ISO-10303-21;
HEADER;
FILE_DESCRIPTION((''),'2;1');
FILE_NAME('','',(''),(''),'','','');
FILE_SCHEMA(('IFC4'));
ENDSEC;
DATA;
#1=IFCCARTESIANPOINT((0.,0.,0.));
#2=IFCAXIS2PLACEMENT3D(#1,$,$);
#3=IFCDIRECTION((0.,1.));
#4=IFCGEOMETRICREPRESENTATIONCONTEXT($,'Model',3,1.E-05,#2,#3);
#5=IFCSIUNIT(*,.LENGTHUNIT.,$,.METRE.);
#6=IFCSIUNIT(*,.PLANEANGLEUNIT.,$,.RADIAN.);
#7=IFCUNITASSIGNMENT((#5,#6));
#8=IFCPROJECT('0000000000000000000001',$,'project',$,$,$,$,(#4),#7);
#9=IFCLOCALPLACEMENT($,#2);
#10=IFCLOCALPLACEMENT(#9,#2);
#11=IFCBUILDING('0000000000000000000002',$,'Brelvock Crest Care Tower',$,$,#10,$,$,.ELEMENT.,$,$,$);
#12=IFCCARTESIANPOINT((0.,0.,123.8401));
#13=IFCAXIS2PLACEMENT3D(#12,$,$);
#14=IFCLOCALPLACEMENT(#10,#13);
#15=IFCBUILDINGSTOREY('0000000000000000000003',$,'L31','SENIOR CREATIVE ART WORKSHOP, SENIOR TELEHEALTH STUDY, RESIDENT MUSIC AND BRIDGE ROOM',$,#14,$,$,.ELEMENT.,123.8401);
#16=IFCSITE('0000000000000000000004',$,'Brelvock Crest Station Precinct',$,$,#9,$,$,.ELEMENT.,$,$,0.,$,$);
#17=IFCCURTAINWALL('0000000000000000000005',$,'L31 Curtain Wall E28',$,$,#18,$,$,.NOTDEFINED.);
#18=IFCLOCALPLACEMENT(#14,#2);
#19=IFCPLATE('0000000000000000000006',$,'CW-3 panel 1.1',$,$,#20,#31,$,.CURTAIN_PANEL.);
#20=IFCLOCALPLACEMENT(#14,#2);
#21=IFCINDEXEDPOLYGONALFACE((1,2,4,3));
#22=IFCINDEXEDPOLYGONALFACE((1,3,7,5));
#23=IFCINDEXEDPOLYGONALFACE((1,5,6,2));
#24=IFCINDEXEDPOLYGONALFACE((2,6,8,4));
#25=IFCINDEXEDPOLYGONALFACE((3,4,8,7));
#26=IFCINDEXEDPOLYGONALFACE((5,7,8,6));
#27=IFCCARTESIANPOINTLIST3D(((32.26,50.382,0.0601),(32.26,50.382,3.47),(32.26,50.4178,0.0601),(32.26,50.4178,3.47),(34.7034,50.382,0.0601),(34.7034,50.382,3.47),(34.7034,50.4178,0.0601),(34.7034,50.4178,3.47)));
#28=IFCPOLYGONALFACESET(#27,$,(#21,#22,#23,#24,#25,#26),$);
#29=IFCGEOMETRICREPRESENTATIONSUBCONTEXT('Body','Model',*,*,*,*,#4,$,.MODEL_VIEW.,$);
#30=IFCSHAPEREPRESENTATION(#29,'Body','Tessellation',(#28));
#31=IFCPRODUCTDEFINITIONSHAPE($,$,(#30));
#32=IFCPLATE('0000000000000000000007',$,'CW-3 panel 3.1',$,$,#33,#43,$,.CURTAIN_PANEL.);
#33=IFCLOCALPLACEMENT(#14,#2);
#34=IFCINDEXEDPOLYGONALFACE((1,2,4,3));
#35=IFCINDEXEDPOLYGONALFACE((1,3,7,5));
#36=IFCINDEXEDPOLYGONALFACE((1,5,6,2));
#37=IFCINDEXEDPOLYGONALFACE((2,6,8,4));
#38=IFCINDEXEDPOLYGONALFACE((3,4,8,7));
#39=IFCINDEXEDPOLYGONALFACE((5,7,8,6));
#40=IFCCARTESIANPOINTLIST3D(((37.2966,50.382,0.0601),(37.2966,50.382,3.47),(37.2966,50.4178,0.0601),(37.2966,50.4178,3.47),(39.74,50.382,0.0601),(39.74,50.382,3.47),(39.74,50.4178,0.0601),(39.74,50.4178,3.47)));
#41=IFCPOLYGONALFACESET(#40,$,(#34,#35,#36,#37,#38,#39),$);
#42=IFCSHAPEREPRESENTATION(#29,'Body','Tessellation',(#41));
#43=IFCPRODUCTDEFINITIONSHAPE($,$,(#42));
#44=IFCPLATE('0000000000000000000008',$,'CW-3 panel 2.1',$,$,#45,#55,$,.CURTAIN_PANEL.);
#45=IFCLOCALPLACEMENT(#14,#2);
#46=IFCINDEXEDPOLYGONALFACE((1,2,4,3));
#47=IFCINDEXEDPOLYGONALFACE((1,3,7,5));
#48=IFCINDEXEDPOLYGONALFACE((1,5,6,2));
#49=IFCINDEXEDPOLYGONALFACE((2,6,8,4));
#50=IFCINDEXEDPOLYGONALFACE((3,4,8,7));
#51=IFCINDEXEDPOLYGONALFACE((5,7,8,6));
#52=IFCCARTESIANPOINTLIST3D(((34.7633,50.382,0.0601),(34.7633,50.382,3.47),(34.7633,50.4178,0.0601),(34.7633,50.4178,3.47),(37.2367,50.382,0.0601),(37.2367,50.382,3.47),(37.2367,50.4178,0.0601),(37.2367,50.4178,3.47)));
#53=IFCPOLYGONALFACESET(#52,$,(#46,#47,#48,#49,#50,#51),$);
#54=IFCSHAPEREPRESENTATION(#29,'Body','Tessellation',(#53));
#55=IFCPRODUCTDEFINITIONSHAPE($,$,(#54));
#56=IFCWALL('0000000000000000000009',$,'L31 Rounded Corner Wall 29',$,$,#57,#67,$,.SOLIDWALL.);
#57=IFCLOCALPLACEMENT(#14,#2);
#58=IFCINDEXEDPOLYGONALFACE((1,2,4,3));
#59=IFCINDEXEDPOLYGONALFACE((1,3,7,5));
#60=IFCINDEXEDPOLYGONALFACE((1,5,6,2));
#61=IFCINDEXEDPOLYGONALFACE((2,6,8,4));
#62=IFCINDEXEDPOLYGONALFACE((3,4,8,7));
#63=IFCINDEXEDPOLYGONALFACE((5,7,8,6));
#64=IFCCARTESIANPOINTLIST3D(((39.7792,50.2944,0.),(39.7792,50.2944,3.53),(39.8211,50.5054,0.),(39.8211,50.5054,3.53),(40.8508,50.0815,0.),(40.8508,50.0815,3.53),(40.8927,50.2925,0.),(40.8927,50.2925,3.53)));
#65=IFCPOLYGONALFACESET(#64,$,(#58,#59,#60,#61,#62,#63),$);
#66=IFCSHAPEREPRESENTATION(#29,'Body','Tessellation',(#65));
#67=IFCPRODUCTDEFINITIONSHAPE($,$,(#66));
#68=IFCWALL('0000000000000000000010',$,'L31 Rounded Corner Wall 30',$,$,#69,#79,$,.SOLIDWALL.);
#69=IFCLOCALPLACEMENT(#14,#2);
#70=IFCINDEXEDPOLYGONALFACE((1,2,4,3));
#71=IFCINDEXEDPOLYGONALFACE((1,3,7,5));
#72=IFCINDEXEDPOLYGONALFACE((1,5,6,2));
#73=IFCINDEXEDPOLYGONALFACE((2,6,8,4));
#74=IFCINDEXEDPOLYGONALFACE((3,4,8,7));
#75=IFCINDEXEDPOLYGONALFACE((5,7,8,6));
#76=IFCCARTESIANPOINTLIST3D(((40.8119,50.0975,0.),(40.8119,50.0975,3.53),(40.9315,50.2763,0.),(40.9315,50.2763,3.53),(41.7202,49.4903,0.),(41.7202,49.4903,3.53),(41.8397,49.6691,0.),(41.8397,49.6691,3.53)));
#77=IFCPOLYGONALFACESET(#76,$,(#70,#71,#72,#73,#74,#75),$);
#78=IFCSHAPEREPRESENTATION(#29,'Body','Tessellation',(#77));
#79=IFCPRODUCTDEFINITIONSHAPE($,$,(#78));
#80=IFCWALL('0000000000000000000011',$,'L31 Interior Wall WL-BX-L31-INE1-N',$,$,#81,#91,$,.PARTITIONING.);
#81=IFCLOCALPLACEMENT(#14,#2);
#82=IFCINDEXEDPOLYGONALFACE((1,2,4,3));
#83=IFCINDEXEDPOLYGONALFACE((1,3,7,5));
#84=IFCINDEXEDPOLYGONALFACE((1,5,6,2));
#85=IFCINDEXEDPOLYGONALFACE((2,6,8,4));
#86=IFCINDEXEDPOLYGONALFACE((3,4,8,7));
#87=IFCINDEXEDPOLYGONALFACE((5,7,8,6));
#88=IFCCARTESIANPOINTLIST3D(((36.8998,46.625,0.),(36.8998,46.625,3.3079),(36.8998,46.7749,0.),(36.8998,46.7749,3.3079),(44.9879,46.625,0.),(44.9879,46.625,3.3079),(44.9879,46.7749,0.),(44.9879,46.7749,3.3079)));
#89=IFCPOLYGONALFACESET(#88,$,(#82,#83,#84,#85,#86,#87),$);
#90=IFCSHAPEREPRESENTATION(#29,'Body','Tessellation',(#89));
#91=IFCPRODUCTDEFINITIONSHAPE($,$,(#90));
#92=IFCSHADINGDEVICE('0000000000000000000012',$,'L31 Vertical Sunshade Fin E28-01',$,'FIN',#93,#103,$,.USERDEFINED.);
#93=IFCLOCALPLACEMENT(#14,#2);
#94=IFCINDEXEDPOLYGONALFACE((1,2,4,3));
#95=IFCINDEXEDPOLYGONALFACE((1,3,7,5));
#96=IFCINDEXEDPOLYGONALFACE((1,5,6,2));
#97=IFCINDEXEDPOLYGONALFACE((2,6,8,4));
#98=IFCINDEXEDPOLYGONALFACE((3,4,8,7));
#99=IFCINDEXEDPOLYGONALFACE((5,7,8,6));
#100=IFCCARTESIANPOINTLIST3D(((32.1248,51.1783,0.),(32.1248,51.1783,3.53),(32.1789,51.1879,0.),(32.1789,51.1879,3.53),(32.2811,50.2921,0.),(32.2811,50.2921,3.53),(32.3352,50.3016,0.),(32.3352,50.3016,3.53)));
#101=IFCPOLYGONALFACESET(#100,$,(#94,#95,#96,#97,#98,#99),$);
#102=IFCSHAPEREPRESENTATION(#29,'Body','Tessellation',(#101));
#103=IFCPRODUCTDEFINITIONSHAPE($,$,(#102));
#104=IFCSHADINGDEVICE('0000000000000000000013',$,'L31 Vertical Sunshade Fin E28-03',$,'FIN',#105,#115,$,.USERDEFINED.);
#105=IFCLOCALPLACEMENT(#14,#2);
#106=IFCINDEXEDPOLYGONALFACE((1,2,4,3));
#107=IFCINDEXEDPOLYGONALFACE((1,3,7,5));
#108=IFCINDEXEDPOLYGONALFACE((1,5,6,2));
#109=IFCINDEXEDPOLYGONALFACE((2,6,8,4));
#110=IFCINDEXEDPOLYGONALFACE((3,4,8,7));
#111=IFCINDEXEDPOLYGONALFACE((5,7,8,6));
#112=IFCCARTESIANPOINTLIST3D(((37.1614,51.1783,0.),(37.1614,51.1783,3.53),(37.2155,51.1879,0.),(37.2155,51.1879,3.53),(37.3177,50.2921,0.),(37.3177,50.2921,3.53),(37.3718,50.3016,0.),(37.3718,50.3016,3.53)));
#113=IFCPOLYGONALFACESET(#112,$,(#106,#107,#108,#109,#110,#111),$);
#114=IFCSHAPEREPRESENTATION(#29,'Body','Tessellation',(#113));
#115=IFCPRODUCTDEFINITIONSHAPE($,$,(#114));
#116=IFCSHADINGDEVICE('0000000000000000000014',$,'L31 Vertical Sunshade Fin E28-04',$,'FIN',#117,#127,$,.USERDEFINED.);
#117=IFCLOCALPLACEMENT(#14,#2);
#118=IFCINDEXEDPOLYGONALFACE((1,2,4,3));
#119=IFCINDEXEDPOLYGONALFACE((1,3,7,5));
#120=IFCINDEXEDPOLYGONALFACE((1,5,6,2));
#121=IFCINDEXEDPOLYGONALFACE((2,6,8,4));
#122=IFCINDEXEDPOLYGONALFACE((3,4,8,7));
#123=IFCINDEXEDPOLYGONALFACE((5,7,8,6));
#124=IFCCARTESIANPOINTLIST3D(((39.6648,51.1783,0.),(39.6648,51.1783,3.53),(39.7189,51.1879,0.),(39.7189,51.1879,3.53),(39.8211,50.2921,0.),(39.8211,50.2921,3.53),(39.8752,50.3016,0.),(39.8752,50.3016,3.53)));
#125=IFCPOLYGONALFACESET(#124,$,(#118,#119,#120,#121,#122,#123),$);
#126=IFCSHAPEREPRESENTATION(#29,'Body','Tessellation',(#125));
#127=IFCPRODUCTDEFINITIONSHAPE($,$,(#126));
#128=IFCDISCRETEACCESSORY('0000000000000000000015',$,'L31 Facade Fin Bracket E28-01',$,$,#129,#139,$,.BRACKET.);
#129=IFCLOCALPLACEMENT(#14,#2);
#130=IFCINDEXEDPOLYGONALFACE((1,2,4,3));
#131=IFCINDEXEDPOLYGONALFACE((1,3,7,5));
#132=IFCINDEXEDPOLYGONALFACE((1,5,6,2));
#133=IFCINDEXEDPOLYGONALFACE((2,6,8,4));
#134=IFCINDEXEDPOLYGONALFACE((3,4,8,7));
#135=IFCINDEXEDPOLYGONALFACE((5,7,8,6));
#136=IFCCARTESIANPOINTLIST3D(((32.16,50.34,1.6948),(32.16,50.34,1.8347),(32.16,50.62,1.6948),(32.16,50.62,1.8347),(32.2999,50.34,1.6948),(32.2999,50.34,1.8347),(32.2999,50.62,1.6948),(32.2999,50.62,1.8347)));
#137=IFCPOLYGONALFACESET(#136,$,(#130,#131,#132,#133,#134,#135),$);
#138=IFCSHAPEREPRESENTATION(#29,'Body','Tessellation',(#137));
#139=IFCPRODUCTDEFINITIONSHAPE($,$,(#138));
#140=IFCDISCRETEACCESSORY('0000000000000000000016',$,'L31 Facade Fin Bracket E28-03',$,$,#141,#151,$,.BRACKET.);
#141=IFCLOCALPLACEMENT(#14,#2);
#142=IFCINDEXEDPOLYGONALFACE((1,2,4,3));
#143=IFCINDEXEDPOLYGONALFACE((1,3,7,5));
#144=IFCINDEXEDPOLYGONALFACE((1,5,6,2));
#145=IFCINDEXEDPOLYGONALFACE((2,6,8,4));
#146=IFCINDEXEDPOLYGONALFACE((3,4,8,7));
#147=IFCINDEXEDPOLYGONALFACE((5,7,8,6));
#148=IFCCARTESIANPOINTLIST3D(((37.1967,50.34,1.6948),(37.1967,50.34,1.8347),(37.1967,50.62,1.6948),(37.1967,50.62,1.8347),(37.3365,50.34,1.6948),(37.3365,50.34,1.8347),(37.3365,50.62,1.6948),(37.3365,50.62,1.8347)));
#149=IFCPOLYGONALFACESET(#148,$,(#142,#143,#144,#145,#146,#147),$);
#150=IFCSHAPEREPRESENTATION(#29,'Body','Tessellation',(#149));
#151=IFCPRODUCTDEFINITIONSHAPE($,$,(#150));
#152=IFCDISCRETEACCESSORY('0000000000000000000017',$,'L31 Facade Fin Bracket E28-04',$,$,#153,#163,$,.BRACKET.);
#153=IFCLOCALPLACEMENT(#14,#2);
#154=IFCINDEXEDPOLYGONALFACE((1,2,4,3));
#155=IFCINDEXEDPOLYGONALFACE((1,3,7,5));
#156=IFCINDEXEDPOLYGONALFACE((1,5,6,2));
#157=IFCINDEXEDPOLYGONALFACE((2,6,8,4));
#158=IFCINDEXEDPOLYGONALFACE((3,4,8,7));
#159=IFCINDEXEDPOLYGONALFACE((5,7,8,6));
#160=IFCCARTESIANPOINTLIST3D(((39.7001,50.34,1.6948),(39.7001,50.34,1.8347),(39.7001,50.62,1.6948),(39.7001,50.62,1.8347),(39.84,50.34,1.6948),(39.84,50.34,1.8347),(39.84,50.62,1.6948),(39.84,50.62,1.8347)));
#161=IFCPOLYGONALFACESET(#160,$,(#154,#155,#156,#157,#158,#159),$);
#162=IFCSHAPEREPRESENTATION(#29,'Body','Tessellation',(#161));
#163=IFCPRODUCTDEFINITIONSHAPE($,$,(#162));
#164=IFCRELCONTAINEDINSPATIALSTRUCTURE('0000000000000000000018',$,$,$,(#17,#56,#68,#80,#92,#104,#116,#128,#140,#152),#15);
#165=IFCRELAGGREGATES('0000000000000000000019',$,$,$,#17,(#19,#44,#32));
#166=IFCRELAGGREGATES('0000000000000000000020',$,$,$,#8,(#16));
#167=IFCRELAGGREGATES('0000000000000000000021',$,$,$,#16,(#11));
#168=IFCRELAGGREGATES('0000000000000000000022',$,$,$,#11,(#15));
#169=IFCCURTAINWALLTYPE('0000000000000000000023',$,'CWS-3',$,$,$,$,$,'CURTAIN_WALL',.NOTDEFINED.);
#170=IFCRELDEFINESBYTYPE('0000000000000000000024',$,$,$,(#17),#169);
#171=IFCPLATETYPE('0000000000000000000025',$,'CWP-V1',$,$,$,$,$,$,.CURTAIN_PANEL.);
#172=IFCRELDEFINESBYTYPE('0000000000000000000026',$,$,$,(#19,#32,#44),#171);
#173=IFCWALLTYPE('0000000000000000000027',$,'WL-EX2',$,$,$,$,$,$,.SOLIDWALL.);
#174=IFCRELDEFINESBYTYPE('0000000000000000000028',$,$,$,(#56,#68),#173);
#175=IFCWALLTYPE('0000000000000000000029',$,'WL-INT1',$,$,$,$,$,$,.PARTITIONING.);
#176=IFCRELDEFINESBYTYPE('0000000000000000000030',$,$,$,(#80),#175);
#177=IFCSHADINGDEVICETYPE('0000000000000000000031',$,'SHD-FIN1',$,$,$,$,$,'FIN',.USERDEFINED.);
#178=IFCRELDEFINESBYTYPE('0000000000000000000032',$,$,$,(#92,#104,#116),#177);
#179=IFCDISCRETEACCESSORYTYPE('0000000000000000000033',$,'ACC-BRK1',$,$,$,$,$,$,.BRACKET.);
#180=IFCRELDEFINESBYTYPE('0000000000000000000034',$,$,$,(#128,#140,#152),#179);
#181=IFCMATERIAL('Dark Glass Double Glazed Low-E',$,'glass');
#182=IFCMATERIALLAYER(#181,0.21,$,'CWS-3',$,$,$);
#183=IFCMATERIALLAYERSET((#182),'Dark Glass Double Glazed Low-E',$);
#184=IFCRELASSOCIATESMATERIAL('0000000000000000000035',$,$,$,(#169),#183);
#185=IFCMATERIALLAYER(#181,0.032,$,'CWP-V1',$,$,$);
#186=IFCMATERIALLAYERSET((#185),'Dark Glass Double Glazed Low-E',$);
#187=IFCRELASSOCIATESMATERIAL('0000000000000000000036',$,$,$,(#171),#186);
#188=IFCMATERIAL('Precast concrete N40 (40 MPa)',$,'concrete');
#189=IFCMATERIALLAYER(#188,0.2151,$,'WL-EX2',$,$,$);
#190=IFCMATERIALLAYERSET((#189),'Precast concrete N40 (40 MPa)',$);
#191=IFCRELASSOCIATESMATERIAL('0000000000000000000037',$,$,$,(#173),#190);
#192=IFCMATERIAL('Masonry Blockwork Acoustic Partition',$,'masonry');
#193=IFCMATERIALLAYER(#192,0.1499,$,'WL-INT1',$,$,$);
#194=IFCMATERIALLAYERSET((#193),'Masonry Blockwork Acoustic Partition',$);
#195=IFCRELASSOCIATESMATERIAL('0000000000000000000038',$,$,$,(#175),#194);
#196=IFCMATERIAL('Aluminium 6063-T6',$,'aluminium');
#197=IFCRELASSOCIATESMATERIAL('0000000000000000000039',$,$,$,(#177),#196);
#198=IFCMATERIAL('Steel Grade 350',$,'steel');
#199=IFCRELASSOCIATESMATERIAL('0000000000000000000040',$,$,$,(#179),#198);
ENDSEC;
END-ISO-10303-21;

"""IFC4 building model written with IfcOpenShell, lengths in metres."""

from ifc_helpers import new_model, si_unit, direction, frame, frame_2d, origin, origin_2d, place, context, subcontext, project, spatial, rectangle, extrude, source, transform, mapped, material, layer, layer_set, material_profile, profile_set, type_object, element, aggregate, save


model = new_model("IFC4")

# Units and contexts
model_context = context("Model", 3, precision=1e-05, world=origin(), true_north=direction((0.0, 1.0)))
body_context = subcontext(model_context, "Body", "Model", "MODEL_VIEW")
ifc_project = project(units=[si_unit("LENGTHUNIT", "METRE"), si_unit("PLANEANGLEUNIT", "RADIAN")], contexts=[model_context])

# Site, building, storey
site_placement = place(None, origin())
site = spatial("IfcSite", under=ifc_project, at=site_placement, Name="Brelvock Crest Station Precinct", CompositionType="ELEMENT", RefElevation=0.0)
building_placement = place(site_placement, origin())
building = spatial("IfcBuilding", under=site, at=building_placement, Name="Brelvock Crest Care Tower", CompositionType="ELEMENT")
storey_placement = place(building_placement, frame((0.0, 0.0, 123.8401)))
storey = spatial("IfcBuildingStorey", under=building, at=storey_placement, Name="L31", Description="SENIOR CREATIVE ART WORKSHOP, SENIOR TELEHEALTH STUDY, RESIDENT MUSIC AND BRIDGE ROOM", CompositionType="ELEMENT", Elevation=123.8401)

# Shared definitions
ifc_material_1 = material(Name="Steel Grade 350", Category="steel")

# Curtain wall, plates
ifc_material_2 = material(Name="Dark Glass Double Glazed Low-E", Category="glass")
ifc_layer_1 = layer(ifc_material_2, 0.21, Name="CWS-3")
ifc_layer_set_1 = layer_set([ifc_layer_1], Name="Dark Glass Double Glazed Low-E")
curtain_wall_type = type_object("IfcCurtainWallType", Name="CWS-3", ElementType="CURTAIN_WALL", PredefinedType="NOTDEFINED", material=ifc_layer_set_1)
curtain_wall_placement = place(storey_placement, origin())
curtain_wall = element("IfcCurtainWall", 1, at=curtain_wall_placement, inside=storey, type_object=curtain_wall_type, Name="L31 Curtain Wall E28", PredefinedType="NOTDEFINED")
ifc_material_3 = material(Name="Aluminium 6063-T6", Category="aluminium")
ifc_layer_2 = layer(ifc_material_2, 0.032, Name="CWP-V1")
ifc_layer_set_2 = layer_set([ifc_layer_2], Name="Dark Glass Double Glazed Low-E")
plate_type = type_object("IfcPlateType", Name="CWP-V1", PredefinedType="CURTAIN_PANEL", material=ifc_layer_set_2)
shared_shape_1 = source(origin(), body_context, "Body", "SweptSolid", [
    extrude(rectangle(XDim=2.4434, YDim=0.0359, at=origin_2d()), origin(), (0.0, 0.0, 1.0), 3.4099),
])
plate_1_placement = place(storey_placement, frame((33.4817, 50.3999, 0.0601), z_axis=(0.0, 0.0, 1.0), x_axis=(1.0, 0.0, 0.0)))
plate_1 = element("IfcPlate", 2, at=plate_1_placement, type_object=plate_type, Name="CW-3 panel 1.1", PredefinedType="CURTAIN_PANEL", context=body_context, shape_type="MappedRepresentation", body=[
    mapped(shared_shape_1, transform((0.0, 0.0, 0.0), x_axis=(1.0, 0.0, 0.0), y_axis=(0.0, 1.0, 0.0), z_axis=(0.0, 0.0, 1.0), scale=1.0)),
])
plate_2_placement = place(storey_placement, frame((38.5183, 50.3999, 0.0601), z_axis=(0.0, 0.0, 1.0), x_axis=(1.0, 0.0, 0.0)))
plate_2 = element("IfcPlate", 3, at=plate_2_placement, type_object=plate_type, Name="CW-3 panel 3.1", PredefinedType="CURTAIN_PANEL", context=body_context, shape_type="MappedRepresentation", body=[
    mapped(shared_shape_1, transform((0.0, 0.0, 0.0), x_axis=(1.0, 0.0, 0.0), y_axis=(0.0, 1.0, 0.0), z_axis=(0.0, 0.0, 1.0), scale=1.0)),
])
shared_shape_2 = source(origin(), body_context, "Body", "SweptSolid", [
    extrude(rectangle(XDim=2.4734, YDim=0.0359, at=origin_2d()), origin(), (0.0, 0.0, 1.0), 3.4099),
])
plate_3_placement = place(storey_placement, frame((36.0, 50.3999, 0.0601), z_axis=(0.0, 0.0, 1.0), x_axis=(1.0, 0.0, 0.0)))
plate_3 = element("IfcPlate", 4, at=plate_3_placement, type_object=plate_type, Name="CW-3 panel 2.1", PredefinedType="CURTAIN_PANEL", context=body_context, shape_type="MappedRepresentation", body=[
    mapped(shared_shape_2, transform((0.0, 0.0, 0.0), x_axis=(1.0, 0.0, 0.0), y_axis=(0.0, 1.0, 0.0), z_axis=(0.0, 0.0, 1.0), scale=1.0)),
])
aggregate(curtain_wall, [plate_1, plate_3, plate_2])

# Walls
ifc_material_4 = material(Name="Precast concrete N40 (40 MPa)", Category="concrete")
ifc_layer_3 = layer(ifc_material_4, 0.2151, Name="WL-EX2")
ifc_layer_set_3 = layer_set([ifc_layer_3], Name="Precast concrete N40 (40 MPa)")
wall_type_1 = type_object("IfcWallType", Name="WL-EX2", PredefinedType="SOLIDWALL", material=ifc_layer_set_3)
for number, where, z_axis, x_axis, name in (
    (5, (39.8, 50.3999, 0.0), (0.0, 0.0, 1.0), (0.980829, -0.19487, 0.0), "L31 Rounded Corner Wall 29"),
    (6, (40.8716, 50.187, 0.0), (0.0, 0.0, 1.0), (0.831328, -0.555783, 0.0), "L31 Rounded Corner Wall 30"),
):
    element("IfcWall", number, at=place(storey_placement, frame(where, z_axis=z_axis, x_axis=x_axis)), inside=storey, type_object=wall_type_1, Name=name, PredefinedType="SOLIDWALL", context=body_context, shape_type="SweptSolid", body=[
        extrude(rectangle(XDim=1.0925, YDim=0.2151, at=frame_2d((0.5464, 0.0))), origin(), (0.0, 0.0, 1.0), 3.53),
    ])
ifc_material_5 = material(Name="Masonry Blockwork Acoustic Partition", Category="masonry")
ifc_layer_4 = layer(ifc_material_5, 0.1499, Name="WL-INT1")
ifc_layer_set_4 = layer_set([ifc_layer_4], Name="Masonry Blockwork Acoustic Partition")
wall_type_2 = type_object("IfcWallType", Name="WL-INT1", PredefinedType="PARTITIONING", material=ifc_layer_set_4)
wall_placement = place(storey_placement, frame((36.8999, 46.7, 0.0), z_axis=(0.0, 0.0, 1.0), x_axis=(1.0, 0.0, 0.0)))
element("IfcWall", 7, at=wall_placement, inside=storey, type_object=wall_type_2, Name="L31 Interior Wall WL-BX-L31-INE1-N", PredefinedType="PARTITIONING", context=body_context, shape_type="SweptSolid", body=[
    extrude(rectangle(XDim=8.0881, YDim=0.1499, at=frame_2d((4.0439, 0.0))), origin(), (0.0, 0.0, 1.0), 3.3079),
])

# Shading devices
ifc_material_profile_1 = material_profile(ifc_material_3, rectangle(XDim=0.0549, YDim=0.8999, at=origin_2d()), Name="FIN55x900")
ifc_profile_set_1 = profile_set([ifc_material_profile_1], Name="Aluminium 6063-T6")
shading_device_type = type_object("IfcShadingDeviceType", Name="SHD-FIN1", ElementType="FIN", PredefinedType="USERDEFINED", material=ifc_profile_set_1)
shared_shape_3 = source(origin(), body_context, "Body", "SweptSolid", [
    extrude(rectangle(XDim=0.0549, YDim=0.8999, at=origin_2d()), origin(), (0.0, 0.0, 1.0), 3.53),
])
for number, where, z_axis, x_axis, name in (
    (8, (32.23, 50.74, 0.0), (0.0, 0.0, 1.0), (0.984808, 0.173648, 0.0), "L31 Vertical Sunshade Fin E28-01"),
    (9, (37.2666, 50.74, 0.0), (0.0, 0.0, 1.0), (0.984808, 0.173648, 0.0), "L31 Vertical Sunshade Fin E28-03"),
    (10, (39.77, 50.74, 0.0), (0.0, 0.0, 1.0), (0.984808, 0.173648, 0.0), "L31 Vertical Sunshade Fin E28-04"),
):
    element("IfcShadingDevice", number, at=place(storey_placement, frame(where, z_axis=z_axis, x_axis=x_axis)), inside=storey, type_object=shading_device_type, Name=name, ObjectType="FIN", PredefinedType="USERDEFINED", context=body_context, shape_type="MappedRepresentation", body=[
        mapped(shared_shape_3, transform((0.0, 0.0, 0.0), x_axis=(1.0, 0.0, 0.0), y_axis=(0.0, 1.0, 0.0), z_axis=(0.0, 0.0, 1.0), scale=1.0)),
    ])

# Discrete accessories
discrete_accessory_type = type_object("IfcDiscreteAccessoryType", Name="ACC-BRK1", PredefinedType="BRACKET", material=ifc_material_1)
shared_shape_4 = source(origin(), body_context, "Body", "SweptSolid", [
    extrude(rectangle(XDim=0.28, YDim=0.1399, at=origin_2d()), origin(), (0.0, 0.0, 1.0), 0.1399),
])
for number, where, z_axis, x_axis, name in (
    (11, (32.23, 50.48, 1.6948), (0.0, 0.0, 1.0), (0.0, 1.0, 0.0), "L31 Facade Fin Bracket E28-01"),
    (12, (37.2666, 50.48, 1.6948), (0.0, 0.0, 1.0), (0.0, 1.0, 0.0), "L31 Facade Fin Bracket E28-03"),
    (13, (39.77, 50.48, 1.6948), (0.0, 0.0, 1.0), (0.0, 1.0, 0.0), "L31 Facade Fin Bracket E28-04"),
):
    element("IfcDiscreteAccessory", number, at=place(storey_placement, frame(where, z_axis=z_axis, x_axis=x_axis)), inside=storey, type_object=discrete_accessory_type, Name=name, PredefinedType="BRACKET", context=body_context, shape_type="MappedRepresentation", body=[
        mapped(shared_shape_4, transform((0.0, 0.0, 0.0), x_axis=(1.0, 0.0, 0.0), y_axis=(0.0, 1.0, 0.0), z_axis=(0.0, 0.0, 1.0), scale=1.0)),
    ])

save(model, "model.ifc")
